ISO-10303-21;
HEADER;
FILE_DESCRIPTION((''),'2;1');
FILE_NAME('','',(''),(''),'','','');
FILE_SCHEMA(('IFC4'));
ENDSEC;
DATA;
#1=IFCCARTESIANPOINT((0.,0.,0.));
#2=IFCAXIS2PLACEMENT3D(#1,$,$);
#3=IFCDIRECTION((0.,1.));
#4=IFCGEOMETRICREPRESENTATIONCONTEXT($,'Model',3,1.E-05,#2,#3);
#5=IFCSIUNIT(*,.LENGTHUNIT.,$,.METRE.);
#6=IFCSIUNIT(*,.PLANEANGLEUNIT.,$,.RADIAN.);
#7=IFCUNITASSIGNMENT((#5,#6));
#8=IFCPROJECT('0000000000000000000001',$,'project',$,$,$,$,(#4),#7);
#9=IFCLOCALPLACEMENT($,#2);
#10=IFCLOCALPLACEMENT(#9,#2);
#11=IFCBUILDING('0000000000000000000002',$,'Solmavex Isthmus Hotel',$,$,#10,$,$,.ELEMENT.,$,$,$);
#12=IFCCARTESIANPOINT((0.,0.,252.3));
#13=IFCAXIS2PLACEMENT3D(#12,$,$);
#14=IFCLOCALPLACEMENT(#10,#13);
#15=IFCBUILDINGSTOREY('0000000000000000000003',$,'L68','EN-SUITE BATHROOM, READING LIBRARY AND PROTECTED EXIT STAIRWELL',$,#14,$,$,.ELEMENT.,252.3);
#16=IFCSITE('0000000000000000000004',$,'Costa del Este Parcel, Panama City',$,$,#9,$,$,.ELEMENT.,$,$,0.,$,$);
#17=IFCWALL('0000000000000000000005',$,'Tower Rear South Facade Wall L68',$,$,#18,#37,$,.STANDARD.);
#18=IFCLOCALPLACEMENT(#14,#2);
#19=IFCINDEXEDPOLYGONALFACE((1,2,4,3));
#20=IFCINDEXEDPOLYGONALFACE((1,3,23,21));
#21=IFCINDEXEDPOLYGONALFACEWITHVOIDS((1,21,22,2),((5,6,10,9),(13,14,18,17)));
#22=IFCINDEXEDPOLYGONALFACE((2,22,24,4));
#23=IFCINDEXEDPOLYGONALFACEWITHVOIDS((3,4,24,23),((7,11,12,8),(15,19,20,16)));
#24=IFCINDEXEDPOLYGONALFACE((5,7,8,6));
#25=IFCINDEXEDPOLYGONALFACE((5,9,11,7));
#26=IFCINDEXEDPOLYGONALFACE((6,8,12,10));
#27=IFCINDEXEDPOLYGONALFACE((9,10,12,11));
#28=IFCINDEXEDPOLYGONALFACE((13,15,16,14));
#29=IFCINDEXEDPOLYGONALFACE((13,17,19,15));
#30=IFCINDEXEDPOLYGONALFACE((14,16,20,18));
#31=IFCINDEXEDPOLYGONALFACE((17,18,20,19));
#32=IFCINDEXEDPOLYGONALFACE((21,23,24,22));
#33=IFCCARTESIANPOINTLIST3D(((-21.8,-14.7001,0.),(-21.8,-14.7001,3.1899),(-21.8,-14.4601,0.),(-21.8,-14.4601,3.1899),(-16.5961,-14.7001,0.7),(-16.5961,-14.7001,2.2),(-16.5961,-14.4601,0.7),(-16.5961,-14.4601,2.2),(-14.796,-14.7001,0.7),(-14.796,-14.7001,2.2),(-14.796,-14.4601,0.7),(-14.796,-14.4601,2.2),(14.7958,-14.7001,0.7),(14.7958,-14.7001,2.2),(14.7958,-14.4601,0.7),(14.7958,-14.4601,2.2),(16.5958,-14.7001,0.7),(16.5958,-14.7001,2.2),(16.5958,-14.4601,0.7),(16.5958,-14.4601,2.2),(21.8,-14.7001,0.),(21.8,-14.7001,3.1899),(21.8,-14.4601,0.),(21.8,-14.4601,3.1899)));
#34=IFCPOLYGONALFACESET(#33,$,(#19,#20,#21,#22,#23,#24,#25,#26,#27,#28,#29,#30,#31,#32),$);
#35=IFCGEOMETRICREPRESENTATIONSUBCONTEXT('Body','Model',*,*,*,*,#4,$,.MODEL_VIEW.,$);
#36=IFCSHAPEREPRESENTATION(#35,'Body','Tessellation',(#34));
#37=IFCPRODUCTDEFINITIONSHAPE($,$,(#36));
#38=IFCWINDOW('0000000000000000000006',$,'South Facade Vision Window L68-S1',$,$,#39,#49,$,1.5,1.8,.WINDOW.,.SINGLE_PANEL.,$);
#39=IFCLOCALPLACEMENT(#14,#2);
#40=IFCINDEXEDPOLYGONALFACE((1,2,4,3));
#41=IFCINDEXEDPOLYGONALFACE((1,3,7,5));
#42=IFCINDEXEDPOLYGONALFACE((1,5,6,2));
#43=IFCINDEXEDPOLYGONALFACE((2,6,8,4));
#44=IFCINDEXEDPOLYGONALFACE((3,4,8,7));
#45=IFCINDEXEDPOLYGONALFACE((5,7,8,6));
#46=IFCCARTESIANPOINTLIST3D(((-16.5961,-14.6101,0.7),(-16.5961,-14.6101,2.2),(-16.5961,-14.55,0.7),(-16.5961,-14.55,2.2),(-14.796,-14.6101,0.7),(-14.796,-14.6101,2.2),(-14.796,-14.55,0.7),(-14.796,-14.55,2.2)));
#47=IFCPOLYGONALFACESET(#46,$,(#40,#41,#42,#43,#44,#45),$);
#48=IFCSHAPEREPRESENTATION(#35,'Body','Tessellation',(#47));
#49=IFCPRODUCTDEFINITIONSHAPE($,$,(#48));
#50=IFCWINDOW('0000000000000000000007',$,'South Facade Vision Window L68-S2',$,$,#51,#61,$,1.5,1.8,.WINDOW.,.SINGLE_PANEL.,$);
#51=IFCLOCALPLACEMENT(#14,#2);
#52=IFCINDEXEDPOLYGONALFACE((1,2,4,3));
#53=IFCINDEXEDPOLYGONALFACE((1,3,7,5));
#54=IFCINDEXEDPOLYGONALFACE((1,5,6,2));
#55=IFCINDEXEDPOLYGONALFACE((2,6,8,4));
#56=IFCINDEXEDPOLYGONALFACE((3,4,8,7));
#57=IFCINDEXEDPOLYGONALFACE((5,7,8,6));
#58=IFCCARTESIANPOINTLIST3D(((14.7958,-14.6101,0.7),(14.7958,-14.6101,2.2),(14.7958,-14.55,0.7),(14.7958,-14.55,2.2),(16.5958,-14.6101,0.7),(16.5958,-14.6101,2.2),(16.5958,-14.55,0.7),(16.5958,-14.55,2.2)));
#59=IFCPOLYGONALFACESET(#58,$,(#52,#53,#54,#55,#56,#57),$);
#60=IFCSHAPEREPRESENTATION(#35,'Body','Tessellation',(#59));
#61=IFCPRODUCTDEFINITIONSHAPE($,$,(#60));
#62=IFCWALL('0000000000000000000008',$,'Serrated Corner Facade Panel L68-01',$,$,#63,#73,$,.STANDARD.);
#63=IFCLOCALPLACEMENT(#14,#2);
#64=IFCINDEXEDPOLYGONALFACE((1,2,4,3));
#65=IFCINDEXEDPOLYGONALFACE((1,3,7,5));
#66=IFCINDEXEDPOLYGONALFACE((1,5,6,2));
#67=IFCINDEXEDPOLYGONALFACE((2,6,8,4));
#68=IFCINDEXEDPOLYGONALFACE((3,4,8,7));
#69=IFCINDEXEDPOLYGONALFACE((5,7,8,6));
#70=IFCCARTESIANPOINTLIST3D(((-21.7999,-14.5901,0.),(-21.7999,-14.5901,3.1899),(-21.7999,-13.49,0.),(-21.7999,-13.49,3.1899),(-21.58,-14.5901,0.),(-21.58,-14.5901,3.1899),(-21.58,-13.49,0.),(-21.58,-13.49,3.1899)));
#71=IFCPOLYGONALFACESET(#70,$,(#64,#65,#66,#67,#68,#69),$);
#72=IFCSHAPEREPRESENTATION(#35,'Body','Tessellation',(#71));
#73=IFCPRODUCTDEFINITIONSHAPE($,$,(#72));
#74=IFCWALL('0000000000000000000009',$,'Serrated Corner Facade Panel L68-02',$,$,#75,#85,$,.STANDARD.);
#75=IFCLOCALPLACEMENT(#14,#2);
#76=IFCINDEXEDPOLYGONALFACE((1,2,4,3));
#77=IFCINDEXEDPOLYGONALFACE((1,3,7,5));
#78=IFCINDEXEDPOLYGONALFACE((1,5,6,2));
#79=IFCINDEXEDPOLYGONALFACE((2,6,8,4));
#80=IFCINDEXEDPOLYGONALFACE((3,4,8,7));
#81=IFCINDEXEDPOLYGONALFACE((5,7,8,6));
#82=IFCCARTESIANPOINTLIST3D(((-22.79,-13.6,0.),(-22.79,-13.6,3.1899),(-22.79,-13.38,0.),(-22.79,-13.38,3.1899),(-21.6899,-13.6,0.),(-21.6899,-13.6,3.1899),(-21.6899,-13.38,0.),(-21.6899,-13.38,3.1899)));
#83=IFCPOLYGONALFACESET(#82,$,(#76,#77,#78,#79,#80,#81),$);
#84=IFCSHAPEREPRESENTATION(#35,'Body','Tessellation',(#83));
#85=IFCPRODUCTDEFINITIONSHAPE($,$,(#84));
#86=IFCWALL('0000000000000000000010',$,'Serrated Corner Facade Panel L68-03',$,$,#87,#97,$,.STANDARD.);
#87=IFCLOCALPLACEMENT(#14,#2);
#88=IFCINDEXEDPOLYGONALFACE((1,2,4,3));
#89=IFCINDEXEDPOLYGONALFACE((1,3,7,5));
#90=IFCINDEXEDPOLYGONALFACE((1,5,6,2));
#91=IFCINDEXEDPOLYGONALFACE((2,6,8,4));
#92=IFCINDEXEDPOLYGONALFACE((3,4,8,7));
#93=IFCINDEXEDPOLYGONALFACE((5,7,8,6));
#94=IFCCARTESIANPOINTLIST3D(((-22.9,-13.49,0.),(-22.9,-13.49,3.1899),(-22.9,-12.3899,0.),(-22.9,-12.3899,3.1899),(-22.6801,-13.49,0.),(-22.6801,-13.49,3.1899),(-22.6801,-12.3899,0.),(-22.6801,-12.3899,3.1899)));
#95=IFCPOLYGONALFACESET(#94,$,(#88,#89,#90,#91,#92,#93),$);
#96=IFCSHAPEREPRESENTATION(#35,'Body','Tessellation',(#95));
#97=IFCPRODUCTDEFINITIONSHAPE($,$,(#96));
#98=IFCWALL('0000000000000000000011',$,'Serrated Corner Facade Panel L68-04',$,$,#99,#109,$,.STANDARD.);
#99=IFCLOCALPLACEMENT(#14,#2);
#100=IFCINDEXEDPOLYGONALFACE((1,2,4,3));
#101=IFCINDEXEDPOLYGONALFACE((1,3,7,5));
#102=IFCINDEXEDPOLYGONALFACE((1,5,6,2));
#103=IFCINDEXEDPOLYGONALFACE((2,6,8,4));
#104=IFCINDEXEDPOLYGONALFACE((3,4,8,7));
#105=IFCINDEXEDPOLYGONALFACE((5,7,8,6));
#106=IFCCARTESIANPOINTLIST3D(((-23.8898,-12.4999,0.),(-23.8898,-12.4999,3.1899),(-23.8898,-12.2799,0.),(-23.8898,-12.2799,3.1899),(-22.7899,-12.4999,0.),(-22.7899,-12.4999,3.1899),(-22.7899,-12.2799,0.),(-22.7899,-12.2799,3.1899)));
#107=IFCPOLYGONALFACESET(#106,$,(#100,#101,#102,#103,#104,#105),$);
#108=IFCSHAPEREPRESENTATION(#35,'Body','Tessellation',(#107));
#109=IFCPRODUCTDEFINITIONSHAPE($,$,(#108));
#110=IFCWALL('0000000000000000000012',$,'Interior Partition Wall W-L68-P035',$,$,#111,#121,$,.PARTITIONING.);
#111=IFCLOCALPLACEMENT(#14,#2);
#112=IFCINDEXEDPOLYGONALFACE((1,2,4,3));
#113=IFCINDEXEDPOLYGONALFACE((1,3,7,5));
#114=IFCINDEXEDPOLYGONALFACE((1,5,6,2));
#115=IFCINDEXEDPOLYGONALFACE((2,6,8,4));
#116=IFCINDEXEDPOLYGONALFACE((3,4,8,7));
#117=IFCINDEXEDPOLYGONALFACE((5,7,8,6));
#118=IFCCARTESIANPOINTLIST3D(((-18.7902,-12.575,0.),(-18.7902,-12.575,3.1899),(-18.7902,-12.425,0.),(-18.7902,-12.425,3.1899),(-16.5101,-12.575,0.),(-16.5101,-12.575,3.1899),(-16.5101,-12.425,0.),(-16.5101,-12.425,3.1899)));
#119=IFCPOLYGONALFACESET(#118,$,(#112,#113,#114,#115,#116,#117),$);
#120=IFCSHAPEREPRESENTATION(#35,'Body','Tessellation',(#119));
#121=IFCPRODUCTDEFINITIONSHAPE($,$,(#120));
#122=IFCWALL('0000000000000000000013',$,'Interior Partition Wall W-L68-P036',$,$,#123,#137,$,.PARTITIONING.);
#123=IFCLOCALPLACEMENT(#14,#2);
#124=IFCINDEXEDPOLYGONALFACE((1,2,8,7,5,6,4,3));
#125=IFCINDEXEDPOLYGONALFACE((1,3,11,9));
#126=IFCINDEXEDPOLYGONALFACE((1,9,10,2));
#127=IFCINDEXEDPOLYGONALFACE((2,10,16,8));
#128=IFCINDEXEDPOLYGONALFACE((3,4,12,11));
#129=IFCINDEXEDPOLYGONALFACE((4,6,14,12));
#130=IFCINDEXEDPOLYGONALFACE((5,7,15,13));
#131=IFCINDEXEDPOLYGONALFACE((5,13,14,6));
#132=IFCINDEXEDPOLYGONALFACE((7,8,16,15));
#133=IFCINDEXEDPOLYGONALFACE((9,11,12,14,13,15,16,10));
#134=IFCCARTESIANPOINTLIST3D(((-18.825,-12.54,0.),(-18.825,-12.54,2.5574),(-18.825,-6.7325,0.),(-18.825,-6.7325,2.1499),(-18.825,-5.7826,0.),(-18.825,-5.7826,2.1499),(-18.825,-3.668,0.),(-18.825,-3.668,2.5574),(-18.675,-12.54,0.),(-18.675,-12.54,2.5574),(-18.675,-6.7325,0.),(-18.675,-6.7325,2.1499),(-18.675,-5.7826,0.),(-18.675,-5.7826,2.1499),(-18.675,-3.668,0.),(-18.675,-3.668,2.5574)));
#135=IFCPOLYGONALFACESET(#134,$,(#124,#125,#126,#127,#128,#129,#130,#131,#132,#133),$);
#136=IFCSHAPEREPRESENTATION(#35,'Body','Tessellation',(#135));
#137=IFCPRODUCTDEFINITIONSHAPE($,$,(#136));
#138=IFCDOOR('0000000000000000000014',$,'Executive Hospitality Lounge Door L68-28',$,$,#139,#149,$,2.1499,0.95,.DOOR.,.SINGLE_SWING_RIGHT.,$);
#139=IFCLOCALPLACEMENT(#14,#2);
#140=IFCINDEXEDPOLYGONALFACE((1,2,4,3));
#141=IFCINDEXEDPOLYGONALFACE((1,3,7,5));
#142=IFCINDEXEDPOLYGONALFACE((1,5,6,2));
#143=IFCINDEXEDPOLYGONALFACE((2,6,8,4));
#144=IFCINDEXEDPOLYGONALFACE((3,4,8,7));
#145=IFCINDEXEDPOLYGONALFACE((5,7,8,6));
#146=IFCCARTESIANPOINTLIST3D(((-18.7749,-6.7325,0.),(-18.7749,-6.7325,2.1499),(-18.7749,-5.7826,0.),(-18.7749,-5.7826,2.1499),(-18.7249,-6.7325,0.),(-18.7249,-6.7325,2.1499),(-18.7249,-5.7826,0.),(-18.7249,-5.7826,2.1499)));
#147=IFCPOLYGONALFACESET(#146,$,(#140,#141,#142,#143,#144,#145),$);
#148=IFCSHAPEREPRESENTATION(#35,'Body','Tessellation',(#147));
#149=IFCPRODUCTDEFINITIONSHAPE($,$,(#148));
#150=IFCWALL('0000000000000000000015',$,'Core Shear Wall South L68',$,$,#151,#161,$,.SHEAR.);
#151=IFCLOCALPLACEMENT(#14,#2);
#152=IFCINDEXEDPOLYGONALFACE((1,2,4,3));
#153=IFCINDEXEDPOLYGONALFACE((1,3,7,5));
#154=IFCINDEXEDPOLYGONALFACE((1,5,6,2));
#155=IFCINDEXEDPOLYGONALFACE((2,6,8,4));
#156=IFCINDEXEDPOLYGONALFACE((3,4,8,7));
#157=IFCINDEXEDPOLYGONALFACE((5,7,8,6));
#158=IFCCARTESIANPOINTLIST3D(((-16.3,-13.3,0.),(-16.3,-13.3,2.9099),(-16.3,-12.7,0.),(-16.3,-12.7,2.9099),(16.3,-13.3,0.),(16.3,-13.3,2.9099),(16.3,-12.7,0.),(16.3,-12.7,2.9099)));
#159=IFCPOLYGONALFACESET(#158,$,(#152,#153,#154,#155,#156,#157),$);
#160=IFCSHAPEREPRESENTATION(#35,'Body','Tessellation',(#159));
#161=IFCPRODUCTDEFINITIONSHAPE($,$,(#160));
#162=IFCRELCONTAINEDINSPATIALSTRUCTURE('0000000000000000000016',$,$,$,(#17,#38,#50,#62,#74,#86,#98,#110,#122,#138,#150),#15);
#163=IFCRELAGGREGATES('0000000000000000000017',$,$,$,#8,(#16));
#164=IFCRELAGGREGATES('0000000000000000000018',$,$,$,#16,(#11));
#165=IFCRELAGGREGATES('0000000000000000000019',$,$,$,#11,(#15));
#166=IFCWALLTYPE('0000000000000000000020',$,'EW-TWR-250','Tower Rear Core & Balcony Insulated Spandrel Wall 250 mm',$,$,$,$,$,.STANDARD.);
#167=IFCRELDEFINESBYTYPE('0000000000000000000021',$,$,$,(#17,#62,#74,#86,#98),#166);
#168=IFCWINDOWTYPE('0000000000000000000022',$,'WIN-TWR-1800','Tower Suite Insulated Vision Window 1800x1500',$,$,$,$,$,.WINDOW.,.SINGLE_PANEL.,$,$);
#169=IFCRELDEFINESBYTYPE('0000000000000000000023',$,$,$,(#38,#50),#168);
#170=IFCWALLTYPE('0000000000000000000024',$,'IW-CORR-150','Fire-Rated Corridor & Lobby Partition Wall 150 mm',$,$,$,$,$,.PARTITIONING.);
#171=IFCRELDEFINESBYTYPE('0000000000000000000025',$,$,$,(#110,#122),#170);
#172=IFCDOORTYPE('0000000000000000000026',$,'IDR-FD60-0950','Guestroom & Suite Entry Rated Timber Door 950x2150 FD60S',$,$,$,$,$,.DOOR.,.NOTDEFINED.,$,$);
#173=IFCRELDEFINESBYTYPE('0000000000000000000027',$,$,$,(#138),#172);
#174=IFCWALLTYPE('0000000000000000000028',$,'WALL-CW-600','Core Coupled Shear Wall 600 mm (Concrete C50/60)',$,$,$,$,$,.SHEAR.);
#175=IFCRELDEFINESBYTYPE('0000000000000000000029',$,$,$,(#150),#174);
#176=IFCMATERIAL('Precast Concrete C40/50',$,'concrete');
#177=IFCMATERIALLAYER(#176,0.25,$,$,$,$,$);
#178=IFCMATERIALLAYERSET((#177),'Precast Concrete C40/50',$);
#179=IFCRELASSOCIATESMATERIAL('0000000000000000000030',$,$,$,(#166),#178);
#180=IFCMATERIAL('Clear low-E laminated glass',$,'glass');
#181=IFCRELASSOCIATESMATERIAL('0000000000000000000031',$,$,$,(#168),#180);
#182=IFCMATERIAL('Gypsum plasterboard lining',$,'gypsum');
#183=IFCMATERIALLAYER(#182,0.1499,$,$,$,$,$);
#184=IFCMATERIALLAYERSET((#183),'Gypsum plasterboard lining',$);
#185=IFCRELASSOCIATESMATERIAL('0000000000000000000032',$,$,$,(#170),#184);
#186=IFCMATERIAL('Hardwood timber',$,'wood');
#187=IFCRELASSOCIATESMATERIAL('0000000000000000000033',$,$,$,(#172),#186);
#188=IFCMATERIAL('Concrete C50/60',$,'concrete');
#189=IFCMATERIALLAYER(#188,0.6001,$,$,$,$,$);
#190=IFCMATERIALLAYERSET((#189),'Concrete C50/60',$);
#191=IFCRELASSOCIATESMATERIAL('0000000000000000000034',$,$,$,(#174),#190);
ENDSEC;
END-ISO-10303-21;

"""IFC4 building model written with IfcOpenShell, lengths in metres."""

from ifc_helpers import new_model, si_unit, direction, frame, frame_2d, origin, place, context, subcontext, project, spatial, rectangle, extrude, material, layer, layer_set, type_object, element, fill, save


model = new_model("IFC4")

# Units and contexts
model_context = context("Model", 3, precision=1e-05, world=origin(), true_north=direction((0.0, 1.0)))
body_context = subcontext(model_context, "Body", "Model", "MODEL_VIEW")
ifc_project = project(units=[si_unit("LENGTHUNIT", "METRE"), si_unit("PLANEANGLEUNIT", "RADIAN")], contexts=[model_context])

# Site, building, storey
site_placement = place(None, origin())
site = spatial("IfcSite", under=ifc_project, at=site_placement, Name="Costa del Este Parcel, Panama City", CompositionType="ELEMENT", RefElevation=0.0)
building_placement = place(site_placement, origin())
building = spatial("IfcBuilding", under=site, at=building_placement, Name="Solmavex Isthmus Hotel", CompositionType="ELEMENT")
storey_placement = place(building_placement, frame((0.0, 0.0, 252.3)))
storey = spatial("IfcBuildingStorey", under=building, at=storey_placement, Name="L68", Description="EN-SUITE BATHROOM, READING LIBRARY AND PROTECTED EXIT STAIRWELL", CompositionType="ELEMENT", Elevation=252.3)

# Shared definitions
ifc_material_1 = material(Name="Concrete C50/60", Category="concrete")

# Shared definitions
ifc_material_2 = material(Name="Clear low-E laminated glass", Category="glass")

# Wall, openings, windows
ifc_material_3 = material(Name="Precast Concrete C40/50", Category="concrete")
ifc_layer_1 = layer(ifc_material_3, 0.25)
ifc_layer_set_1 = layer_set([ifc_layer_1], Name="Precast Concrete C40/50")
wall_type_1 = type_object("IfcWallType", Name="EW-TWR-250", Description="Tower Rear Core & Balcony Insulated Spandrel Wall 250 mm", PredefinedType="STANDARD", material=ifc_layer_set_1)
wall_1_placement = place(storey_placement, frame((-21.8, -14.5801, 0.0), z_axis=(0.0, 0.0, 1.0), x_axis=(1.0, 0.0, 0.0)))
wall_1 = element("IfcWall", 1, at=wall_1_placement, inside=storey, type_object=wall_type_1, Name="Tower Rear South Facade Wall L68", PredefinedType="STANDARD", context=body_context, shape_type="SweptSolid", body=[
    extrude(rectangle(XDim=43.6001, YDim=0.24, at=frame_2d((21.8, 0.0))), origin(), (0.0, 0.0, 1.0), 3.1899),
])
opening_1_placement = place(wall_1_placement, frame((5.2041, 0.0, 0.7)))
opening_1 = element("IfcOpeningElement", 2, at=opening_1_placement, cuts=wall_1, PredefinedType="OPENING", context=body_context, shape_type="SweptSolid", body=[
    extrude(rectangle(XDim=1.8, YDim=1.5, at=frame_2d((0.8999, 0.75))), frame((0.0, 0.1299, 0.0), z_axis=(0.0, -1.0, 0.0), x_axis=(1.0, 0.0, 0.0)), (0.0, 0.0, 1.0), 0.26),
])
opening_2_placement = place(wall_1_placement, frame((36.5959, 0.0, 0.7)))
opening_2 = element("IfcOpeningElement", 3, at=opening_2_placement, cuts=wall_1, PredefinedType="OPENING", context=body_context, shape_type="SweptSolid", body=[
    extrude(rectangle(XDim=1.8, YDim=1.5, at=frame_2d((0.8999, 0.75))), frame((0.0, 0.1299, 0.0), z_axis=(0.0, -1.0, 0.0), x_axis=(1.0, 0.0, 0.0)), (0.0, 0.0, 1.0), 0.26),
])
window_type = type_object("IfcWindowType", Name="WIN-TWR-1800", Description="Tower Suite Insulated Vision Window 1800x1500", PartitioningType="SINGLE_PANEL", PredefinedType="WINDOW", material=ifc_material_2)
window_1_placement = place(opening_1_placement, origin())
window_1 = element("IfcWindow", 4, at=window_1_placement, inside=storey, type_object=window_type, Name="South Facade Vision Window L68-S1", OverallHeight=1.5, OverallWidth=1.8, PartitioningType="SINGLE_PANEL", PredefinedType="WINDOW", context=body_context, shape_type="SweptSolid", body=[
    extrude(rectangle(XDim=1.8, YDim=1.5, at=frame_2d((0.8999, 0.75))), frame((0.0, 0.03, 0.0), z_axis=(0.0, -1.0, 0.0), x_axis=(1.0, 0.0, 0.0)), (0.0, 0.0, 1.0), 0.0601),
])
fill(opening_1, window_1)
window_2_placement = place(opening_2_placement, origin())
window_2 = element("IfcWindow", 5, at=window_2_placement, inside=storey, type_object=window_type, Name="South Facade Vision Window L68-S2", OverallHeight=1.5, OverallWidth=1.8, PartitioningType="SINGLE_PANEL", PredefinedType="WINDOW", context=body_context, shape_type="SweptSolid", body=[
    extrude(rectangle(XDim=1.8, YDim=1.5, at=frame_2d((0.8999, 0.75))), frame((0.0, 0.03, 0.0), z_axis=(0.0, -1.0, 0.0), x_axis=(1.0, 0.0, 0.0)), (0.0, 0.0, 1.0), 0.0601),
])
fill(opening_2, window_2)

# Walls
for number, where, z_axis, x_axis, name in (
    (6, (-21.6899, -14.5901, 0.0), (0.0, 0.0, 1.0), (0.0, 1.0, 0.0), "Serrated Corner Facade Panel L68-01"),
    (7, (-21.6899, -13.49, 0.0), (0.0, 0.0, 1.0), (-1.0, 0.0, 0.0), "Serrated Corner Facade Panel L68-02"),
    (8, (-22.79, -13.49, 0.0), (0.0, 0.0, 1.0), (0.0, 1.0, 0.0), "Serrated Corner Facade Panel L68-03"),
):
    element("IfcWall", number, at=place(storey_placement, frame(where, z_axis=z_axis, x_axis=x_axis)), inside=storey, type_object=wall_type_1, Name=name, PredefinedType="STANDARD", context=body_context, shape_type="SweptSolid", body=[
        extrude(rectangle(XDim=1.1001, YDim=0.22, at=frame_2d((0.55, 0.0))), origin(), (0.0, 0.0, 1.0), 3.1899),
    ])
wall_2_placement = place(storey_placement, frame((-22.79, -12.3899, 0.0), z_axis=(0.0, 0.0, 1.0), x_axis=(-1.0, 0.0, 0.0)))
element("IfcWall", 9, at=wall_2_placement, inside=storey, type_object=wall_type_1, Name="Serrated Corner Facade Panel L68-04", PredefinedType="STANDARD", context=body_context, shape_type="SweptSolid", body=[
    extrude(rectangle(XDim=1.0999, YDim=0.22, at=frame_2d((0.5498, 0.0))), origin(), (0.0, 0.0, 1.0), 3.1899),
])
ifc_material_4 = material(Name="Gypsum plasterboard lining", Category="gypsum")
ifc_layer_2 = layer(ifc_material_4, 0.1499)
ifc_layer_set_2 = layer_set([ifc_layer_2], Name="Gypsum plasterboard lining")
wall_type_2 = type_object("IfcWallType", Name="IW-CORR-150", Description="Fire-Rated Corridor & Lobby Partition Wall 150 mm", PredefinedType="PARTITIONING", material=ifc_layer_set_2)
wall_3_placement = place(storey_placement, frame((-16.51, -12.5, 0.0), z_axis=(0.0, 0.0, 1.0), x_axis=(-1.0, 0.0, 0.0)))
element("IfcWall", 10, at=wall_3_placement, inside=storey, type_object=wall_type_2, Name="Interior Partition Wall W-L68-P035", PredefinedType="PARTITIONING", context=body_context, shape_type="SweptSolid", body=[
    extrude(rectangle(XDim=2.28, YDim=0.1499, at=frame_2d((1.1401, 0.0))), origin(), (0.0, 0.0, 1.0), 3.1899),
])

# Wall, opening, door
wall_4_placement = place(storey_placement, frame((-18.75, -12.54, 0.0), z_axis=(0.0, 0.0, 1.0), x_axis=(0.0, 1.0, 0.0)))
wall_4 = element("IfcWall", 11, at=wall_4_placement, inside=storey, type_object=wall_type_2, Name="Interior Partition Wall W-L68-P036", PredefinedType="PARTITIONING", context=body_context, shape_type="SweptSolid", body=[
    extrude(rectangle(XDim=8.8721, YDim=0.1499, at=frame_2d((4.436, 0.0))), origin(), (0.0, 0.0, 1.0), 2.5574),
])
opening_3_placement = place(wall_4_placement, frame((5.8074, 0.0, 0.0)))
opening_3 = element("IfcOpeningElement", 12, at=opening_3_placement, cuts=wall_4, PredefinedType="OPENING", context=body_context, shape_type="SweptSolid", body=[
    extrude(rectangle(XDim=0.95, YDim=2.1499, at=frame_2d((0.4751, 1.075))), frame((0.0, 0.085, 0.0), z_axis=(0.0, -1.0, 0.0), x_axis=(1.0, 0.0, 0.0)), (0.0, 0.0, 1.0), 0.1699),
])
ifc_material_5 = material(Name="Hardwood timber", Category="wood")
door_type = type_object("IfcDoorType", Name="IDR-FD60-0950", Description="Guestroom & Suite Entry Rated Timber Door 950x2150 FD60S", OperationType="NOTDEFINED", PredefinedType="DOOR", material=ifc_material_5)
door_placement = place(opening_3_placement, origin())
door = element("IfcDoor", 13, at=door_placement, inside=storey, type_object=door_type, Name="Executive Hospitality Lounge Door L68-28", OperationType="SINGLE_SWING_RIGHT", OverallHeight=2.1499, OverallWidth=0.95, PredefinedType="DOOR", context=body_context, shape_type="SweptSolid", body=[
    extrude(rectangle(XDim=0.95, YDim=2.1499, at=frame_2d((0.4751, 1.075))), frame((0.0, 0.0249, 0.0), z_axis=(0.0, -1.0, 0.0), x_axis=(1.0, 0.0, 0.0)), (0.0, 0.0, 1.0), 0.05),
])
fill(opening_3, door)

# Wall
ifc_layer_3 = layer(ifc_material_1, 0.6001)
ifc_layer_set_3 = layer_set([ifc_layer_3], Name="Concrete C50/60")
wall_type_3 = type_object("IfcWallType", Name="WALL-CW-600", Description="Core Coupled Shear Wall 600 mm (Concrete C50/60)", PredefinedType="SHEAR", material=ifc_layer_set_3)
wall_5_placement = place(storey_placement, frame((-16.3, -13.0, 0.0), z_axis=(0.0, 0.0, 1.0), x_axis=(1.0, 0.0, 0.0)))
element("IfcWall", 14, at=wall_5_placement, inside=storey, type_object=wall_type_3, Name="Core Shear Wall South L68", PredefinedType="SHEAR", context=body_context, shape_type="SweptSolid", body=[
    extrude(rectangle(XDim=32.6001, YDim=0.6001, at=frame_2d((16.3, 0.0))), origin(), (0.0, 0.0, 1.0), 2.9099),
])

save(model, "model.ifc")
